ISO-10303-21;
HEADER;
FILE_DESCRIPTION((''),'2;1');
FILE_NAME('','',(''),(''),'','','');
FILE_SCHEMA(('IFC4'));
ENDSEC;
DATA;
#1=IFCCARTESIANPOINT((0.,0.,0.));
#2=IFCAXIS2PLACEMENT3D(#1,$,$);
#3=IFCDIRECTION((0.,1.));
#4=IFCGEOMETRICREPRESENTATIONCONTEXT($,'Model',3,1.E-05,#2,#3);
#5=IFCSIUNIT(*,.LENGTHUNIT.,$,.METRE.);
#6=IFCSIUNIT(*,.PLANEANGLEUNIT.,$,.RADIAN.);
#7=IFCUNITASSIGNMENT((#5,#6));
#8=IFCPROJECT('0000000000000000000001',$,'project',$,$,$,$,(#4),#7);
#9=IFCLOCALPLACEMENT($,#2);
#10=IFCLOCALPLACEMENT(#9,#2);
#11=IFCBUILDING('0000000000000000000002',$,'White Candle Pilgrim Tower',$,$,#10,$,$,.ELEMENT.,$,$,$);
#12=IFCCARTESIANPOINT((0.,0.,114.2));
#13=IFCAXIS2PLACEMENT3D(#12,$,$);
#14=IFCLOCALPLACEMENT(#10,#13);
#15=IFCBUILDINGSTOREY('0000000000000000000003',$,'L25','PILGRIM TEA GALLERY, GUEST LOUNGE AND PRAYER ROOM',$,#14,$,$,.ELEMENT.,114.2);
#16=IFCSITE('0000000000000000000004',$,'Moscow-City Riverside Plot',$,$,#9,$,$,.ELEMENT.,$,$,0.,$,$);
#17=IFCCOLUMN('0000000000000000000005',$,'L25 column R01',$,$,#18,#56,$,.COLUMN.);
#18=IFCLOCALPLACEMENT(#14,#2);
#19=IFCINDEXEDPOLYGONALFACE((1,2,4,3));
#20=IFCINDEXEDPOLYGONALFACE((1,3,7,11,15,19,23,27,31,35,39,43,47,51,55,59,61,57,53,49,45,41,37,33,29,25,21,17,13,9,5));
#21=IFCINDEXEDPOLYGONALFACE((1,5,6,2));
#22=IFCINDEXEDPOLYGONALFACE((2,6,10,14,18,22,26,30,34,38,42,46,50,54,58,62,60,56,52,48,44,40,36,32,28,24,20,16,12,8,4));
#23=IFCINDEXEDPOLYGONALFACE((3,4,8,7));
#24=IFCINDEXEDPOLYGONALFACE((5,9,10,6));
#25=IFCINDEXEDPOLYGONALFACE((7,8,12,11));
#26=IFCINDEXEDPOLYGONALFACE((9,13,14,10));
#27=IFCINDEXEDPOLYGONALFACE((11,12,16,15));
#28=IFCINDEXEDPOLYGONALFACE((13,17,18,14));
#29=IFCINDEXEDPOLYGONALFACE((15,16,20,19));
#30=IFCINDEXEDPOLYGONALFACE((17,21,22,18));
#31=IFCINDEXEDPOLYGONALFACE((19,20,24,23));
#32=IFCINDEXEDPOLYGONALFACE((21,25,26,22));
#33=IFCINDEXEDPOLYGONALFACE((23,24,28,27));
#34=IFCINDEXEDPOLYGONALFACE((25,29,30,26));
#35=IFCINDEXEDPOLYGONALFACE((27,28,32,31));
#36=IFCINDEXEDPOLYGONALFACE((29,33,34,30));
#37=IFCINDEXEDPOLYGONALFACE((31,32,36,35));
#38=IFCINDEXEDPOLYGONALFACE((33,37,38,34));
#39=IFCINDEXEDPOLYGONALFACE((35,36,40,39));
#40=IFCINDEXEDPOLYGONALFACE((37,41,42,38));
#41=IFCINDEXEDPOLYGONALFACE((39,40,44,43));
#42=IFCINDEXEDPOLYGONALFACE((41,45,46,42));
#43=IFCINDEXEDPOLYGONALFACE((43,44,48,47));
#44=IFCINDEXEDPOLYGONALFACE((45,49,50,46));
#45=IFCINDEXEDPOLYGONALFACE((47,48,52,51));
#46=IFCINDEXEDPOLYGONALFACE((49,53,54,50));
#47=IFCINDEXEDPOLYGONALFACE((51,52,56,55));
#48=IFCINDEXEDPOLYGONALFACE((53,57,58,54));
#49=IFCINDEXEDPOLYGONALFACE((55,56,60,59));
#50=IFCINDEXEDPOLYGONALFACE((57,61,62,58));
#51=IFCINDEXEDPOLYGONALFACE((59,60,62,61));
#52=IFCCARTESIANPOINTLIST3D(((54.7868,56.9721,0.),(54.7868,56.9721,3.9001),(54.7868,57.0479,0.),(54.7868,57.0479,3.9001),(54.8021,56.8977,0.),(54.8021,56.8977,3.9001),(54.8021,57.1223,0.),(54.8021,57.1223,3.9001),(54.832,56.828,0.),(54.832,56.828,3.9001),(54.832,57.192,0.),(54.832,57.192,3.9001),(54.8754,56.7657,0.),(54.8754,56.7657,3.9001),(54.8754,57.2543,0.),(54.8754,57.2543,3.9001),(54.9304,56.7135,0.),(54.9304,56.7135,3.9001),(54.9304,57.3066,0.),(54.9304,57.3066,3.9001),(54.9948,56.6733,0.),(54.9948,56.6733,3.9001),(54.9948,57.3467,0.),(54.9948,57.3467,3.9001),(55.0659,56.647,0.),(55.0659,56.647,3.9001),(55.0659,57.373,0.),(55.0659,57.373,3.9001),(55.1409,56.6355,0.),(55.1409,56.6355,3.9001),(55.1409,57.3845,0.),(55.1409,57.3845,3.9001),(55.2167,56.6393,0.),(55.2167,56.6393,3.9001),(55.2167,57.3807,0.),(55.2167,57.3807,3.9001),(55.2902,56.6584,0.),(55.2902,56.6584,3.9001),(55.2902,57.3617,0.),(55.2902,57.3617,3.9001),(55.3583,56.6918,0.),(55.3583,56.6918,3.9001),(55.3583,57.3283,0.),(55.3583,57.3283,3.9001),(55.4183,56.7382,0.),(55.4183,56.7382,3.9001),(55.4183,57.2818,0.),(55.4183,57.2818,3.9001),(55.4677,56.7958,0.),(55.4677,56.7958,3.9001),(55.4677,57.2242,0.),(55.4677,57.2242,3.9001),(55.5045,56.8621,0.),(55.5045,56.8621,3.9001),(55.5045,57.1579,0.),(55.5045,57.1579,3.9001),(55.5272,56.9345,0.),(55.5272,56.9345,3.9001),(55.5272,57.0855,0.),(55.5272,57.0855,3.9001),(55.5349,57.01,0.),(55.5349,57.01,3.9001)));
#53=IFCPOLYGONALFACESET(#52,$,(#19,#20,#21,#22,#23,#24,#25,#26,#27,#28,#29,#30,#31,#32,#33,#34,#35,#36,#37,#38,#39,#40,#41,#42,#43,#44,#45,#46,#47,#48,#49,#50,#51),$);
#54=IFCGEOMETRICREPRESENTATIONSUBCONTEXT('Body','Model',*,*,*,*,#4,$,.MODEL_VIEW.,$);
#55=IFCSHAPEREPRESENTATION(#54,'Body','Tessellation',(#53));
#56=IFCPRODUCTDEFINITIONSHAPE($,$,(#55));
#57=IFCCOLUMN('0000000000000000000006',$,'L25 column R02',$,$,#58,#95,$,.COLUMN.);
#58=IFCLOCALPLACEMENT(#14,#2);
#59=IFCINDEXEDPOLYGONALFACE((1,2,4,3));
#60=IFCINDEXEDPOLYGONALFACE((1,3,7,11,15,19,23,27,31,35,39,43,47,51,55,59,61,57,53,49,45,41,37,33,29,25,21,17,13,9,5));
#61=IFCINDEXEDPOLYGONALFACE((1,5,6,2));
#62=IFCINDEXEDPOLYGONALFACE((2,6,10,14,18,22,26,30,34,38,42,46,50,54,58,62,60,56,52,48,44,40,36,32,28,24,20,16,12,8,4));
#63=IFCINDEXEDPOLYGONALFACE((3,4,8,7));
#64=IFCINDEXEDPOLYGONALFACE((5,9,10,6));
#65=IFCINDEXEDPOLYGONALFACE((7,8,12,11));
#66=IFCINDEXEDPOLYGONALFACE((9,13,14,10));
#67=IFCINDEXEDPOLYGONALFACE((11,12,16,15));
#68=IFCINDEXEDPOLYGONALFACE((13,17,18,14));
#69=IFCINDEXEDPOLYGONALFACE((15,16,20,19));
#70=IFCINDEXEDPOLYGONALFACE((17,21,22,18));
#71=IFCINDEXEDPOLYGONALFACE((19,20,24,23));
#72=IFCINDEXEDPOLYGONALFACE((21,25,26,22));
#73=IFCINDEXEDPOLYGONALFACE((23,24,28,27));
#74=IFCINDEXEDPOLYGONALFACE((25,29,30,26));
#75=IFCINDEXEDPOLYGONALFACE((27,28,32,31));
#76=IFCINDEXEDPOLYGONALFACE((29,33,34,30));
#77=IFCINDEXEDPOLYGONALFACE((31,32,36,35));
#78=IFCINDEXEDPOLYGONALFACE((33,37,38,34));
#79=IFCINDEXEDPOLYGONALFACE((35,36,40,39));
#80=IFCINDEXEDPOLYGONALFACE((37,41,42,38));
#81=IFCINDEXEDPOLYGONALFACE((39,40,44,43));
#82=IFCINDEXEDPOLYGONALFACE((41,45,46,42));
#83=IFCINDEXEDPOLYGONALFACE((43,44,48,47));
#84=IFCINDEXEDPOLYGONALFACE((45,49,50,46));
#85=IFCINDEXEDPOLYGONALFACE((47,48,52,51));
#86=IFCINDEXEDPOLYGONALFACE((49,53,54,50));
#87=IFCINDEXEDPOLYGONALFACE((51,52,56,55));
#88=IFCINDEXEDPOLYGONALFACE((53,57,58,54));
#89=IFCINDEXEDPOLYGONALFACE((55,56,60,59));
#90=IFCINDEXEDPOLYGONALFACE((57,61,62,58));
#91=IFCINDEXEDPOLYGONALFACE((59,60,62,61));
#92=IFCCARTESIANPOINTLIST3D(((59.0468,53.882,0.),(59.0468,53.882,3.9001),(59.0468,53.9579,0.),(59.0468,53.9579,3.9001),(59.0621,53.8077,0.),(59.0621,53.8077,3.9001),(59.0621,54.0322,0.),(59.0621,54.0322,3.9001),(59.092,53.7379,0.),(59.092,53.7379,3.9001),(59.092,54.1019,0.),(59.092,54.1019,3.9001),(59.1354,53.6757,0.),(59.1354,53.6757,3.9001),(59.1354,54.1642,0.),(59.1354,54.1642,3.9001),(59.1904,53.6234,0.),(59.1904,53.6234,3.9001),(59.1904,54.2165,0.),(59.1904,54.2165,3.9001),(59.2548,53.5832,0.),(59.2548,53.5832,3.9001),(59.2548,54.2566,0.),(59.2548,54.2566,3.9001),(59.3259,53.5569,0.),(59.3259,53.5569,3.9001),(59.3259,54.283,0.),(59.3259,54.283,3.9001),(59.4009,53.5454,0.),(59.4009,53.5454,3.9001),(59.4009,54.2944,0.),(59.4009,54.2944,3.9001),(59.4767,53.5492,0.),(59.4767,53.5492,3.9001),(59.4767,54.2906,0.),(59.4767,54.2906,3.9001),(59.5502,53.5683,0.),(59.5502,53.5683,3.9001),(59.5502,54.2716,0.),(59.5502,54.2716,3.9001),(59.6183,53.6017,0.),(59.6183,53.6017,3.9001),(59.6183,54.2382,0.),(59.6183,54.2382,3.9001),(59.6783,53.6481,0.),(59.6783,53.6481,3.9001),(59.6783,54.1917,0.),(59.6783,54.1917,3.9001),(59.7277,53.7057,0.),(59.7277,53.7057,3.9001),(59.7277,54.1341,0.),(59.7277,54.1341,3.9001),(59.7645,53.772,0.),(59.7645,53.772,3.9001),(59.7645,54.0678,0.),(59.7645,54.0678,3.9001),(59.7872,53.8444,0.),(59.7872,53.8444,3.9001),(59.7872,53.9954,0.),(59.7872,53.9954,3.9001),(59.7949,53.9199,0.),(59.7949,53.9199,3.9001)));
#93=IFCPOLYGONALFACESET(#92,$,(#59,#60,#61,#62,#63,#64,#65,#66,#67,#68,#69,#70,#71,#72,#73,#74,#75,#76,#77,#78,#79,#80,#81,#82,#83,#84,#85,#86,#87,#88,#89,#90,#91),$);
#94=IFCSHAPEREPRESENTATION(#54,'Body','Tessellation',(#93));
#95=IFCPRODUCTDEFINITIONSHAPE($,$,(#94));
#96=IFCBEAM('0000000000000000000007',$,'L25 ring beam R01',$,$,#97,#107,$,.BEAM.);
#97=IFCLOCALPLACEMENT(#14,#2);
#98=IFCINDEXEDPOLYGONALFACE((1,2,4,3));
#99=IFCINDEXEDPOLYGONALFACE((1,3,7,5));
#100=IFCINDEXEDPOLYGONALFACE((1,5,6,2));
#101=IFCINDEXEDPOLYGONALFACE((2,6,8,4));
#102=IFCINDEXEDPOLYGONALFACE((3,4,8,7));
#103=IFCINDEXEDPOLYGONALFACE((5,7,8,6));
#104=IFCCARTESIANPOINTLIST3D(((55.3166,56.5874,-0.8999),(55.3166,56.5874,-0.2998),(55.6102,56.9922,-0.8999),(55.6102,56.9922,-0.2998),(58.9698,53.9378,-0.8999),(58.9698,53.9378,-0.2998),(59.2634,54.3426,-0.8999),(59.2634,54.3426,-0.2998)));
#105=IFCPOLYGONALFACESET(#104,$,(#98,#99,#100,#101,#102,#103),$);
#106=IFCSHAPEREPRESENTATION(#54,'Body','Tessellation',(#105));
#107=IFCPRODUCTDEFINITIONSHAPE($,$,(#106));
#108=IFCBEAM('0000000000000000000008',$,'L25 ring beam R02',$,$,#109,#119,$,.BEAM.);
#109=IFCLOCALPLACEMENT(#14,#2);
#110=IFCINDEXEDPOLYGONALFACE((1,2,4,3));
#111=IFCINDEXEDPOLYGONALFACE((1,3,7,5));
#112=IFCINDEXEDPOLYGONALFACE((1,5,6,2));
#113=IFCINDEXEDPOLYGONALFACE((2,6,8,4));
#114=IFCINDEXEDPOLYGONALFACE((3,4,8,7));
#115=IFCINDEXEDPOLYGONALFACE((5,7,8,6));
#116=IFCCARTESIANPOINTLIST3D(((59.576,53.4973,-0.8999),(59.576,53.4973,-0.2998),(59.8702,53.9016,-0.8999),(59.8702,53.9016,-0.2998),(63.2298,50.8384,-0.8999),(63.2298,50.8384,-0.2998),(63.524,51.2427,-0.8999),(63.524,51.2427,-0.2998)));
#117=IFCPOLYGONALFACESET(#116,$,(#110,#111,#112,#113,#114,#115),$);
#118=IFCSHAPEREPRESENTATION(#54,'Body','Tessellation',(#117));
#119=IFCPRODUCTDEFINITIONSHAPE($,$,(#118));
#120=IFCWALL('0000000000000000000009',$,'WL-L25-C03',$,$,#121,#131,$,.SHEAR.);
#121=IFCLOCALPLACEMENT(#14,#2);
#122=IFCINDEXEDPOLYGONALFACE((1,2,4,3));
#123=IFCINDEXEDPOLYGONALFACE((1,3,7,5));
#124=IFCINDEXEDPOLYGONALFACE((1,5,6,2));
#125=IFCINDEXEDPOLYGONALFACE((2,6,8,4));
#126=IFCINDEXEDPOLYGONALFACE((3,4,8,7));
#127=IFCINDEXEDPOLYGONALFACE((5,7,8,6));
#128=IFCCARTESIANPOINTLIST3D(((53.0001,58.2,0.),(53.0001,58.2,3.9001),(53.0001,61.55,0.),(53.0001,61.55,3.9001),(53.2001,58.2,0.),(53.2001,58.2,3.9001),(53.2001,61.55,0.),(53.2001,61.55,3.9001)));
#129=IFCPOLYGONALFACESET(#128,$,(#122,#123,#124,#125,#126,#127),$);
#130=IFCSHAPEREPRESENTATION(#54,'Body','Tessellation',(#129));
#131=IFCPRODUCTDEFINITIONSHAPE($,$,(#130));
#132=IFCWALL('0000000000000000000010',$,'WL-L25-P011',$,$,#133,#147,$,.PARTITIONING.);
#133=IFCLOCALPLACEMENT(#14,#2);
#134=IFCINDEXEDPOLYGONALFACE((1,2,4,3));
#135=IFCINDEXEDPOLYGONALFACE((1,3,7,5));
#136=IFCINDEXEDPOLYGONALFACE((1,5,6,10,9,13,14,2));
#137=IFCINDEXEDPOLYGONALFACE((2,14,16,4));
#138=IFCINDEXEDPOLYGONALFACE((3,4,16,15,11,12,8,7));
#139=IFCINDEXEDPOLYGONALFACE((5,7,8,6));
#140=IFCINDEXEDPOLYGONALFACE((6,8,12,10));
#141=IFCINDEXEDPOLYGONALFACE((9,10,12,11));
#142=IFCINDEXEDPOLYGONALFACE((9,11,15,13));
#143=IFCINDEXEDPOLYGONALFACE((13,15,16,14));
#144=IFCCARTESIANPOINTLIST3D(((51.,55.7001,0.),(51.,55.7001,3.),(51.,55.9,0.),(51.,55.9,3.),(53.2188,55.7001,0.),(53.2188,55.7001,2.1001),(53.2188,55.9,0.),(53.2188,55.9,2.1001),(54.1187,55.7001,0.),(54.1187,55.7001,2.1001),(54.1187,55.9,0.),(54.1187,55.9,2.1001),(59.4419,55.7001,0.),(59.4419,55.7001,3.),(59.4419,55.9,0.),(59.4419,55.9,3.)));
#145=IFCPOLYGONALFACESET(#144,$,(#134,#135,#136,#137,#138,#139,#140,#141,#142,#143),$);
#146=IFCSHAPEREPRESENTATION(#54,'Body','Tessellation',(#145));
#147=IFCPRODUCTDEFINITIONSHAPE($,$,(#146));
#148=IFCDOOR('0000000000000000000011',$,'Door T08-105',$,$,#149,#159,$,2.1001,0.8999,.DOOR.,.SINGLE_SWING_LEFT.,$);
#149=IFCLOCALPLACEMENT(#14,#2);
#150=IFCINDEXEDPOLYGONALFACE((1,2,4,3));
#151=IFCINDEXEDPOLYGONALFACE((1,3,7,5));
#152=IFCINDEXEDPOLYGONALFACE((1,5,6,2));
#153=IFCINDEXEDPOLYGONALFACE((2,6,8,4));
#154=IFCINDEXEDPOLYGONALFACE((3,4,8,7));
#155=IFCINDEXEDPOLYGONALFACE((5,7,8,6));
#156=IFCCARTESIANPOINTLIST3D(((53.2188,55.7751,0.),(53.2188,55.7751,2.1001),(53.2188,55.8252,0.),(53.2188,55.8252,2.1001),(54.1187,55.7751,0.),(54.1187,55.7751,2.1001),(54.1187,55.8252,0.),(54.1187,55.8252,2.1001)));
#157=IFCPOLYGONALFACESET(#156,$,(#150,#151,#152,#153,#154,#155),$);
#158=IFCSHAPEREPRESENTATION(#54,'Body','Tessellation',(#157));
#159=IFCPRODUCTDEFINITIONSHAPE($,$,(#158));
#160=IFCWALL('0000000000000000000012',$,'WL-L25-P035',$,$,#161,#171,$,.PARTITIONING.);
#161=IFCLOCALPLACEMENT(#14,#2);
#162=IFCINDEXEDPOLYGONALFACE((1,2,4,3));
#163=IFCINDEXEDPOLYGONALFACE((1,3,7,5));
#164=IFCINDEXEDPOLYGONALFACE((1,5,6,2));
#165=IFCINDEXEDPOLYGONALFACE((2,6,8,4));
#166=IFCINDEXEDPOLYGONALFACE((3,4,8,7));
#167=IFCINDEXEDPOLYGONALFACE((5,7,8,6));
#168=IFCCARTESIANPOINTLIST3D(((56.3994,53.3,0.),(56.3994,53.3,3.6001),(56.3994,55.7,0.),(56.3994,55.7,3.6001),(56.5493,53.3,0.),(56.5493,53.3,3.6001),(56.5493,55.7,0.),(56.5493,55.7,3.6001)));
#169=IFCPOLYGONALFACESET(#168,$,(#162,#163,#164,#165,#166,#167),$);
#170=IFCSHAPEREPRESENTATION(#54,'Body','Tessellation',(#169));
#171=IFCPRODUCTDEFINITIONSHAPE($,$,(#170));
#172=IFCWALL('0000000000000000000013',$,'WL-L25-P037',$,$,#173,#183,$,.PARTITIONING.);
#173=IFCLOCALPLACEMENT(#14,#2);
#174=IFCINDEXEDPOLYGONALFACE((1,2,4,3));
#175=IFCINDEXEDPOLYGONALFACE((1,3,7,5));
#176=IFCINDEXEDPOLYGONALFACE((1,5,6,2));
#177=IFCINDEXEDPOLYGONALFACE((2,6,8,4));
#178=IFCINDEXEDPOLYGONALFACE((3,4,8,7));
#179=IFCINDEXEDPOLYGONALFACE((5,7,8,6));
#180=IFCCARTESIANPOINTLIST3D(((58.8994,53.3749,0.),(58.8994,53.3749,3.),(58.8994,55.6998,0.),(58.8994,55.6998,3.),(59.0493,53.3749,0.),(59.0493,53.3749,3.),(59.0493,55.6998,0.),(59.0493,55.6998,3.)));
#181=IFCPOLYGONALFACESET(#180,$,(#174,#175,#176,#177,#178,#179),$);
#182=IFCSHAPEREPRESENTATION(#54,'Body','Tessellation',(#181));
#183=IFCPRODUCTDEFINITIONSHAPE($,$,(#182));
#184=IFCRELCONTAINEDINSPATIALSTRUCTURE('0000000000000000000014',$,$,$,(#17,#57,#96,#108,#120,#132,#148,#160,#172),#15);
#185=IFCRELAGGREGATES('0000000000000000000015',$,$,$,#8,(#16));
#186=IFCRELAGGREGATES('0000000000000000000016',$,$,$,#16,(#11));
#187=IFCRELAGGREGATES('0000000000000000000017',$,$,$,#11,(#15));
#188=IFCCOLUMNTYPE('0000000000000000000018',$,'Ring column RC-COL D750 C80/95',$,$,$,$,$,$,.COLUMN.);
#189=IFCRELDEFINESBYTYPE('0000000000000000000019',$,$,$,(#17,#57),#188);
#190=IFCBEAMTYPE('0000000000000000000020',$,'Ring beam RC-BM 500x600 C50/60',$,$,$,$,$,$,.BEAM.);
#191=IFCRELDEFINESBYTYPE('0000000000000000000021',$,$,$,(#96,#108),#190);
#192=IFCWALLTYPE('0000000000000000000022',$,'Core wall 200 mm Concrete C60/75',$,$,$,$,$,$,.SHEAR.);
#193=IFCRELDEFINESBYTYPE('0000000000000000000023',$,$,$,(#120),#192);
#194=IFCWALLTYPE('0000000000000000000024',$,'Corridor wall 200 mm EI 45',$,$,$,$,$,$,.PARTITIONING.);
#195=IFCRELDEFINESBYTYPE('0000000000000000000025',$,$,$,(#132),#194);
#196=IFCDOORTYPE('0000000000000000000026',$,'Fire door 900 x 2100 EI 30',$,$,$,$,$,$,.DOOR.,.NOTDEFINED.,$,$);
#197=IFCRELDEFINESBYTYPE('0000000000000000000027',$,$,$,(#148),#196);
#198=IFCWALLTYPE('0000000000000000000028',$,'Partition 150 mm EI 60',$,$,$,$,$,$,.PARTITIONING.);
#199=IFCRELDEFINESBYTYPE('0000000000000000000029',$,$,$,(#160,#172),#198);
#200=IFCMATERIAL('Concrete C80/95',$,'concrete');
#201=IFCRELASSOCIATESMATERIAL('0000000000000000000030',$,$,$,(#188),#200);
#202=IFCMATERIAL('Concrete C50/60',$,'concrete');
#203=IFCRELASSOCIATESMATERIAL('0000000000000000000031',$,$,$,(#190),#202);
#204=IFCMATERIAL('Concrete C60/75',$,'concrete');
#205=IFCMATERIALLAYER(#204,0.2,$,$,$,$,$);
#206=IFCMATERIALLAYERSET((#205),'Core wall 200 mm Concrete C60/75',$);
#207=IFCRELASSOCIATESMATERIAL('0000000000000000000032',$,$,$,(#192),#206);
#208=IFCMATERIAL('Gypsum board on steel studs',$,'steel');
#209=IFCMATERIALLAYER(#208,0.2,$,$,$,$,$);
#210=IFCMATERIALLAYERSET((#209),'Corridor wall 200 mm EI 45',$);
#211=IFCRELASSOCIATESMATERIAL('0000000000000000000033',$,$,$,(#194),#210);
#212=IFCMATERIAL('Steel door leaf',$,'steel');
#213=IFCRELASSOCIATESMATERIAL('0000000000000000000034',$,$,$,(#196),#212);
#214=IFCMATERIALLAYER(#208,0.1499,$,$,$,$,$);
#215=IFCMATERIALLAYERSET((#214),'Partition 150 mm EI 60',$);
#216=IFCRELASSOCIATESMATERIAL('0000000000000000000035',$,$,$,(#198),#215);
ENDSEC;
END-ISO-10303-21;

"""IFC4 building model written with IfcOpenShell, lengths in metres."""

from ifc_helpers import new_model, si_unit, direction, frame, frame_2d, origin, origin_2d, place, context, subcontext, project, spatial, rectangle, circle, extrude, material, layer, layer_set, material_profile, profile_set, type_object, element, fill, save


model = new_model("IFC4")

# Units and contexts
model_context = context("Model", 3, precision=1e-05, world=origin(), true_north=direction((0.0, 1.0)))
body_context = subcontext(model_context, "Body", "Model", "MODEL_VIEW")
ifc_project = project(units=[si_unit("LENGTHUNIT", "METRE"), si_unit("PLANEANGLEUNIT", "RADIAN")], contexts=[model_context])

# Site, building, storey
site_placement = place(None, origin())
site = spatial("IfcSite", under=ifc_project, at=site_placement, Name="Moscow-City Riverside Plot", CompositionType="ELEMENT", RefElevation=0.0)
building_placement = place(site_placement, origin())
building = spatial("IfcBuilding", under=site, at=building_placement, Name="White Candle Pilgrim Tower", CompositionType="ELEMENT")
storey_placement = place(building_placement, frame((0.0, 0.0, 114.2)))
storey = spatial("IfcBuildingStorey", under=building, at=storey_placement, Name="L25", Description="PILGRIM TEA GALLERY, GUEST LOUNGE AND PRAYER ROOM", CompositionType="ELEMENT", Elevation=114.2)

# Columns
ifc_material_1 = material(Name="Concrete C80/95", Category="concrete")
ifc_material_profile_1 = material_profile(ifc_material_1, circle(Radius=0.375, at=origin_2d()), Name="RC-COL D750")
ifc_profile_set_1 = profile_set([ifc_material_profile_1], Name="Concrete C80/95")
column_type = type_object("IfcColumnType", Name="Ring column RC-COL D750 C80/95", PredefinedType="COLUMN", material=ifc_profile_set_1)
for number, where, z_axis, x_axis, name in (
    (1, (55.1599, 57.01, 0.0), (0.0, 0.0, 1.0), (1.0, 0.0, 0.0), "L25 column R01"),
    (2, (59.4199, 53.9199, 0.0), (0.0, 0.0, 1.0), (1.0, 0.0, 0.0), "L25 column R02"),
):
    element("IfcColumn", number, at=place(storey_placement, frame(where, z_axis=z_axis, x_axis=x_axis)), inside=storey, type_object=column_type, Name=name, PredefinedType="COLUMN", context=body_context, shape_type="SweptSolid", body=[
        extrude(circle(Radius=0.375, at=origin_2d()), origin(), (0.0, 0.0, 1.0), 3.9001),
    ])

# Beams
ifc_material_2 = material(Name="Concrete C50/60", Category="concrete")
ifc_material_profile_2 = material_profile(ifc_material_2, rectangle(XDim=0.5, YDim=0.6001, at=origin_2d()), Name="RC-BM 500x600")
ifc_profile_set_2 = profile_set([ifc_material_profile_2], Name="Concrete C50/60")
beam_type = type_object("IfcBeamType", Name="Ring beam RC-BM 500x600 C50/60", PredefinedType="BEAM", material=ifc_profile_set_2)
beam_1_placement = place(storey_placement, frame((55.4634, 56.7898, -0.5999), z_axis=(0.809505, -0.587113, 0.0), x_axis=(0.587113, 0.809505, 0.0)))
element("IfcBeam", 3, at=beam_1_placement, inside=storey, type_object=beam_type, Name="L25 ring beam R01", PredefinedType="BEAM", context=body_context, shape_type="SweptSolid", body=[
    extrude(rectangle(XDim=0.5, YDim=0.6001, at=origin_2d()), origin(), (0.0, 0.0, 1.0), 4.5129),
])
beam_2_placement = place(storey_placement, frame((59.7231, 53.6995, -0.5999), z_axis=(0.808566, -0.588406, 0.0), x_axis=(0.588406, 0.808566, 0.0)))
element("IfcBeam", 4, at=beam_2_placement, inside=storey, type_object=beam_type, Name="L25 ring beam R02", PredefinedType="BEAM", context=body_context, shape_type="SweptSolid", body=[
    extrude(rectangle(XDim=0.5, YDim=0.6001, at=origin_2d()), origin(), (0.0, 0.0, 1.0), 4.5188),
])

# Wall
ifc_material_3 = material(Name="Concrete C60/75", Category="concrete")
ifc_layer_1 = layer(ifc_material_3, 0.2)
ifc_layer_set_1 = layer_set([ifc_layer_1], Name="Core wall 200 mm Concrete C60/75")
wall_type_1 = type_object("IfcWallType", Name="Core wall 200 mm Concrete C60/75", PredefinedType="SHEAR", material=ifc_layer_set_1)
wall_1_placement = place(storey_placement, frame((53.1001, 58.2, 0.0), z_axis=(0.0, 0.0, 1.0), x_axis=(0.0, 1.0, 0.0)))
element("IfcWall", 5, at=wall_1_placement, inside=storey, type_object=wall_type_1, Name="WL-L25-C03", PredefinedType="SHEAR", context=body_context, shape_type="SweptSolid", body=[
    extrude(rectangle(XDim=3.3501, YDim=0.2, at=frame_2d((1.675, 0.0))), origin(), (0.0, 0.0, 1.0), 3.9001),
])

# Wall, opening, door
ifc_material_4 = material(Name="Gypsum board on steel studs", Category="steel")
ifc_layer_2 = layer(ifc_material_4, 0.2)
ifc_layer_set_2 = layer_set([ifc_layer_2], Name="Corridor wall 200 mm EI 45")
wall_type_2 = type_object("IfcWallType", Name="Corridor wall 200 mm EI 45", PredefinedType="PARTITIONING", material=ifc_layer_set_2)
wall_2_placement = place(storey_placement, frame((59.4419, 55.8, 0.0), z_axis=(0.0, 0.0, 1.0), x_axis=(-1.0, 0.0, 0.0)))
wall_2 = element("IfcWall", 6, at=wall_2_placement, inside=storey, type_object=wall_type_2, Name="WL-L25-P011", PredefinedType="PARTITIONING", context=body_context, shape_type="SweptSolid", body=[
    extrude(rectangle(XDim=8.4419, YDim=0.2, at=frame_2d((4.2209, 0.0))), origin(), (0.0, 0.0, 1.0), 3.0),
])
opening_1_placement = place(wall_2_placement, frame((5.3232, 0.0, 0.0)))
opening_1 = element("IfcOpeningElement", 7, at=opening_1_placement, cuts=wall_2, PredefinedType="OPENING", context=body_context, shape_type="SweptSolid", body=[
    extrude(rectangle(XDim=0.8999, YDim=2.1001, at=frame_2d((0.45, 1.05))), frame((0.0, 0.1099, 0.0), z_axis=(0.0, -1.0, 0.0), x_axis=(1.0, 0.0, 0.0)), (0.0, 0.0, 1.0), 0.22),
])
ifc_material_5 = material(Name="Steel door leaf", Category="steel")
door_type_1 = type_object("IfcDoorType", Name="Fire door 900 x 2100 EI 30", OperationType="NOTDEFINED", PredefinedType="DOOR", material=ifc_material_5)
door_1_placement = place(opening_1_placement, origin())
door_1 = element("IfcDoor", 8, at=door_1_placement, inside=storey, type_object=door_type_1, Name="Door T08-105", OperationType="SINGLE_SWING_LEFT", OverallHeight=2.1001, OverallWidth=0.8999, PredefinedType="DOOR", context=body_context, shape_type="SweptSolid", body=[
    extrude(rectangle(XDim=0.8999, YDim=2.1001, at=frame_2d((0.45, 1.05))), frame((0.0, 0.0249, 0.0), z_axis=(0.0, -1.0, 0.0), x_axis=(1.0, 0.0, 0.0)), (0.0, 0.0, 1.0), 0.05),
])
fill(opening_1, door_1)

# Walls
ifc_layer_3 = layer(ifc_material_4, 0.1499)
ifc_layer_set_3 = layer_set([ifc_layer_3], Name="Partition 150 mm EI 60")
wall_type_3 = type_object("IfcWallType", Name="Partition 150 mm EI 60", PredefinedType="PARTITIONING", material=ifc_layer_set_3)
wall_3_placement = place(storey_placement, frame((56.4744, 55.7, 0.0), z_axis=(0.0, 0.0, 1.0), x_axis=(0.0, -1.0, 0.0)))
element("IfcWall", 9, at=wall_3_placement, inside=storey, type_object=wall_type_3, Name="WL-L25-P035", PredefinedType="PARTITIONING", context=body_context, shape_type="SweptSolid", body=[
    extrude(rectangle(XDim=2.3999, YDim=0.1499, at=frame_2d((1.2, 0.0))), origin(), (0.0, 0.0, 1.0), 3.6001),
])
wall_4_placement = place(storey_placement, frame((58.9744, 55.7, 0.0), z_axis=(0.0, 0.0, 1.0), x_axis=(0.0, -1.0, 0.0)))
element("IfcWall", 10, at=wall_4_placement, inside=storey, type_object=wall_type_3, Name="WL-L25-P037", PredefinedType="PARTITIONING", context=body_context, shape_type="SweptSolid", body=[
    extrude(rectangle(XDim=2.325, YDim=0.1499, at=frame_2d((1.1626, 0.0))), origin(), (0.0, 0.0, 1.0), 3.0),
])

save(model, "model.ifc")
